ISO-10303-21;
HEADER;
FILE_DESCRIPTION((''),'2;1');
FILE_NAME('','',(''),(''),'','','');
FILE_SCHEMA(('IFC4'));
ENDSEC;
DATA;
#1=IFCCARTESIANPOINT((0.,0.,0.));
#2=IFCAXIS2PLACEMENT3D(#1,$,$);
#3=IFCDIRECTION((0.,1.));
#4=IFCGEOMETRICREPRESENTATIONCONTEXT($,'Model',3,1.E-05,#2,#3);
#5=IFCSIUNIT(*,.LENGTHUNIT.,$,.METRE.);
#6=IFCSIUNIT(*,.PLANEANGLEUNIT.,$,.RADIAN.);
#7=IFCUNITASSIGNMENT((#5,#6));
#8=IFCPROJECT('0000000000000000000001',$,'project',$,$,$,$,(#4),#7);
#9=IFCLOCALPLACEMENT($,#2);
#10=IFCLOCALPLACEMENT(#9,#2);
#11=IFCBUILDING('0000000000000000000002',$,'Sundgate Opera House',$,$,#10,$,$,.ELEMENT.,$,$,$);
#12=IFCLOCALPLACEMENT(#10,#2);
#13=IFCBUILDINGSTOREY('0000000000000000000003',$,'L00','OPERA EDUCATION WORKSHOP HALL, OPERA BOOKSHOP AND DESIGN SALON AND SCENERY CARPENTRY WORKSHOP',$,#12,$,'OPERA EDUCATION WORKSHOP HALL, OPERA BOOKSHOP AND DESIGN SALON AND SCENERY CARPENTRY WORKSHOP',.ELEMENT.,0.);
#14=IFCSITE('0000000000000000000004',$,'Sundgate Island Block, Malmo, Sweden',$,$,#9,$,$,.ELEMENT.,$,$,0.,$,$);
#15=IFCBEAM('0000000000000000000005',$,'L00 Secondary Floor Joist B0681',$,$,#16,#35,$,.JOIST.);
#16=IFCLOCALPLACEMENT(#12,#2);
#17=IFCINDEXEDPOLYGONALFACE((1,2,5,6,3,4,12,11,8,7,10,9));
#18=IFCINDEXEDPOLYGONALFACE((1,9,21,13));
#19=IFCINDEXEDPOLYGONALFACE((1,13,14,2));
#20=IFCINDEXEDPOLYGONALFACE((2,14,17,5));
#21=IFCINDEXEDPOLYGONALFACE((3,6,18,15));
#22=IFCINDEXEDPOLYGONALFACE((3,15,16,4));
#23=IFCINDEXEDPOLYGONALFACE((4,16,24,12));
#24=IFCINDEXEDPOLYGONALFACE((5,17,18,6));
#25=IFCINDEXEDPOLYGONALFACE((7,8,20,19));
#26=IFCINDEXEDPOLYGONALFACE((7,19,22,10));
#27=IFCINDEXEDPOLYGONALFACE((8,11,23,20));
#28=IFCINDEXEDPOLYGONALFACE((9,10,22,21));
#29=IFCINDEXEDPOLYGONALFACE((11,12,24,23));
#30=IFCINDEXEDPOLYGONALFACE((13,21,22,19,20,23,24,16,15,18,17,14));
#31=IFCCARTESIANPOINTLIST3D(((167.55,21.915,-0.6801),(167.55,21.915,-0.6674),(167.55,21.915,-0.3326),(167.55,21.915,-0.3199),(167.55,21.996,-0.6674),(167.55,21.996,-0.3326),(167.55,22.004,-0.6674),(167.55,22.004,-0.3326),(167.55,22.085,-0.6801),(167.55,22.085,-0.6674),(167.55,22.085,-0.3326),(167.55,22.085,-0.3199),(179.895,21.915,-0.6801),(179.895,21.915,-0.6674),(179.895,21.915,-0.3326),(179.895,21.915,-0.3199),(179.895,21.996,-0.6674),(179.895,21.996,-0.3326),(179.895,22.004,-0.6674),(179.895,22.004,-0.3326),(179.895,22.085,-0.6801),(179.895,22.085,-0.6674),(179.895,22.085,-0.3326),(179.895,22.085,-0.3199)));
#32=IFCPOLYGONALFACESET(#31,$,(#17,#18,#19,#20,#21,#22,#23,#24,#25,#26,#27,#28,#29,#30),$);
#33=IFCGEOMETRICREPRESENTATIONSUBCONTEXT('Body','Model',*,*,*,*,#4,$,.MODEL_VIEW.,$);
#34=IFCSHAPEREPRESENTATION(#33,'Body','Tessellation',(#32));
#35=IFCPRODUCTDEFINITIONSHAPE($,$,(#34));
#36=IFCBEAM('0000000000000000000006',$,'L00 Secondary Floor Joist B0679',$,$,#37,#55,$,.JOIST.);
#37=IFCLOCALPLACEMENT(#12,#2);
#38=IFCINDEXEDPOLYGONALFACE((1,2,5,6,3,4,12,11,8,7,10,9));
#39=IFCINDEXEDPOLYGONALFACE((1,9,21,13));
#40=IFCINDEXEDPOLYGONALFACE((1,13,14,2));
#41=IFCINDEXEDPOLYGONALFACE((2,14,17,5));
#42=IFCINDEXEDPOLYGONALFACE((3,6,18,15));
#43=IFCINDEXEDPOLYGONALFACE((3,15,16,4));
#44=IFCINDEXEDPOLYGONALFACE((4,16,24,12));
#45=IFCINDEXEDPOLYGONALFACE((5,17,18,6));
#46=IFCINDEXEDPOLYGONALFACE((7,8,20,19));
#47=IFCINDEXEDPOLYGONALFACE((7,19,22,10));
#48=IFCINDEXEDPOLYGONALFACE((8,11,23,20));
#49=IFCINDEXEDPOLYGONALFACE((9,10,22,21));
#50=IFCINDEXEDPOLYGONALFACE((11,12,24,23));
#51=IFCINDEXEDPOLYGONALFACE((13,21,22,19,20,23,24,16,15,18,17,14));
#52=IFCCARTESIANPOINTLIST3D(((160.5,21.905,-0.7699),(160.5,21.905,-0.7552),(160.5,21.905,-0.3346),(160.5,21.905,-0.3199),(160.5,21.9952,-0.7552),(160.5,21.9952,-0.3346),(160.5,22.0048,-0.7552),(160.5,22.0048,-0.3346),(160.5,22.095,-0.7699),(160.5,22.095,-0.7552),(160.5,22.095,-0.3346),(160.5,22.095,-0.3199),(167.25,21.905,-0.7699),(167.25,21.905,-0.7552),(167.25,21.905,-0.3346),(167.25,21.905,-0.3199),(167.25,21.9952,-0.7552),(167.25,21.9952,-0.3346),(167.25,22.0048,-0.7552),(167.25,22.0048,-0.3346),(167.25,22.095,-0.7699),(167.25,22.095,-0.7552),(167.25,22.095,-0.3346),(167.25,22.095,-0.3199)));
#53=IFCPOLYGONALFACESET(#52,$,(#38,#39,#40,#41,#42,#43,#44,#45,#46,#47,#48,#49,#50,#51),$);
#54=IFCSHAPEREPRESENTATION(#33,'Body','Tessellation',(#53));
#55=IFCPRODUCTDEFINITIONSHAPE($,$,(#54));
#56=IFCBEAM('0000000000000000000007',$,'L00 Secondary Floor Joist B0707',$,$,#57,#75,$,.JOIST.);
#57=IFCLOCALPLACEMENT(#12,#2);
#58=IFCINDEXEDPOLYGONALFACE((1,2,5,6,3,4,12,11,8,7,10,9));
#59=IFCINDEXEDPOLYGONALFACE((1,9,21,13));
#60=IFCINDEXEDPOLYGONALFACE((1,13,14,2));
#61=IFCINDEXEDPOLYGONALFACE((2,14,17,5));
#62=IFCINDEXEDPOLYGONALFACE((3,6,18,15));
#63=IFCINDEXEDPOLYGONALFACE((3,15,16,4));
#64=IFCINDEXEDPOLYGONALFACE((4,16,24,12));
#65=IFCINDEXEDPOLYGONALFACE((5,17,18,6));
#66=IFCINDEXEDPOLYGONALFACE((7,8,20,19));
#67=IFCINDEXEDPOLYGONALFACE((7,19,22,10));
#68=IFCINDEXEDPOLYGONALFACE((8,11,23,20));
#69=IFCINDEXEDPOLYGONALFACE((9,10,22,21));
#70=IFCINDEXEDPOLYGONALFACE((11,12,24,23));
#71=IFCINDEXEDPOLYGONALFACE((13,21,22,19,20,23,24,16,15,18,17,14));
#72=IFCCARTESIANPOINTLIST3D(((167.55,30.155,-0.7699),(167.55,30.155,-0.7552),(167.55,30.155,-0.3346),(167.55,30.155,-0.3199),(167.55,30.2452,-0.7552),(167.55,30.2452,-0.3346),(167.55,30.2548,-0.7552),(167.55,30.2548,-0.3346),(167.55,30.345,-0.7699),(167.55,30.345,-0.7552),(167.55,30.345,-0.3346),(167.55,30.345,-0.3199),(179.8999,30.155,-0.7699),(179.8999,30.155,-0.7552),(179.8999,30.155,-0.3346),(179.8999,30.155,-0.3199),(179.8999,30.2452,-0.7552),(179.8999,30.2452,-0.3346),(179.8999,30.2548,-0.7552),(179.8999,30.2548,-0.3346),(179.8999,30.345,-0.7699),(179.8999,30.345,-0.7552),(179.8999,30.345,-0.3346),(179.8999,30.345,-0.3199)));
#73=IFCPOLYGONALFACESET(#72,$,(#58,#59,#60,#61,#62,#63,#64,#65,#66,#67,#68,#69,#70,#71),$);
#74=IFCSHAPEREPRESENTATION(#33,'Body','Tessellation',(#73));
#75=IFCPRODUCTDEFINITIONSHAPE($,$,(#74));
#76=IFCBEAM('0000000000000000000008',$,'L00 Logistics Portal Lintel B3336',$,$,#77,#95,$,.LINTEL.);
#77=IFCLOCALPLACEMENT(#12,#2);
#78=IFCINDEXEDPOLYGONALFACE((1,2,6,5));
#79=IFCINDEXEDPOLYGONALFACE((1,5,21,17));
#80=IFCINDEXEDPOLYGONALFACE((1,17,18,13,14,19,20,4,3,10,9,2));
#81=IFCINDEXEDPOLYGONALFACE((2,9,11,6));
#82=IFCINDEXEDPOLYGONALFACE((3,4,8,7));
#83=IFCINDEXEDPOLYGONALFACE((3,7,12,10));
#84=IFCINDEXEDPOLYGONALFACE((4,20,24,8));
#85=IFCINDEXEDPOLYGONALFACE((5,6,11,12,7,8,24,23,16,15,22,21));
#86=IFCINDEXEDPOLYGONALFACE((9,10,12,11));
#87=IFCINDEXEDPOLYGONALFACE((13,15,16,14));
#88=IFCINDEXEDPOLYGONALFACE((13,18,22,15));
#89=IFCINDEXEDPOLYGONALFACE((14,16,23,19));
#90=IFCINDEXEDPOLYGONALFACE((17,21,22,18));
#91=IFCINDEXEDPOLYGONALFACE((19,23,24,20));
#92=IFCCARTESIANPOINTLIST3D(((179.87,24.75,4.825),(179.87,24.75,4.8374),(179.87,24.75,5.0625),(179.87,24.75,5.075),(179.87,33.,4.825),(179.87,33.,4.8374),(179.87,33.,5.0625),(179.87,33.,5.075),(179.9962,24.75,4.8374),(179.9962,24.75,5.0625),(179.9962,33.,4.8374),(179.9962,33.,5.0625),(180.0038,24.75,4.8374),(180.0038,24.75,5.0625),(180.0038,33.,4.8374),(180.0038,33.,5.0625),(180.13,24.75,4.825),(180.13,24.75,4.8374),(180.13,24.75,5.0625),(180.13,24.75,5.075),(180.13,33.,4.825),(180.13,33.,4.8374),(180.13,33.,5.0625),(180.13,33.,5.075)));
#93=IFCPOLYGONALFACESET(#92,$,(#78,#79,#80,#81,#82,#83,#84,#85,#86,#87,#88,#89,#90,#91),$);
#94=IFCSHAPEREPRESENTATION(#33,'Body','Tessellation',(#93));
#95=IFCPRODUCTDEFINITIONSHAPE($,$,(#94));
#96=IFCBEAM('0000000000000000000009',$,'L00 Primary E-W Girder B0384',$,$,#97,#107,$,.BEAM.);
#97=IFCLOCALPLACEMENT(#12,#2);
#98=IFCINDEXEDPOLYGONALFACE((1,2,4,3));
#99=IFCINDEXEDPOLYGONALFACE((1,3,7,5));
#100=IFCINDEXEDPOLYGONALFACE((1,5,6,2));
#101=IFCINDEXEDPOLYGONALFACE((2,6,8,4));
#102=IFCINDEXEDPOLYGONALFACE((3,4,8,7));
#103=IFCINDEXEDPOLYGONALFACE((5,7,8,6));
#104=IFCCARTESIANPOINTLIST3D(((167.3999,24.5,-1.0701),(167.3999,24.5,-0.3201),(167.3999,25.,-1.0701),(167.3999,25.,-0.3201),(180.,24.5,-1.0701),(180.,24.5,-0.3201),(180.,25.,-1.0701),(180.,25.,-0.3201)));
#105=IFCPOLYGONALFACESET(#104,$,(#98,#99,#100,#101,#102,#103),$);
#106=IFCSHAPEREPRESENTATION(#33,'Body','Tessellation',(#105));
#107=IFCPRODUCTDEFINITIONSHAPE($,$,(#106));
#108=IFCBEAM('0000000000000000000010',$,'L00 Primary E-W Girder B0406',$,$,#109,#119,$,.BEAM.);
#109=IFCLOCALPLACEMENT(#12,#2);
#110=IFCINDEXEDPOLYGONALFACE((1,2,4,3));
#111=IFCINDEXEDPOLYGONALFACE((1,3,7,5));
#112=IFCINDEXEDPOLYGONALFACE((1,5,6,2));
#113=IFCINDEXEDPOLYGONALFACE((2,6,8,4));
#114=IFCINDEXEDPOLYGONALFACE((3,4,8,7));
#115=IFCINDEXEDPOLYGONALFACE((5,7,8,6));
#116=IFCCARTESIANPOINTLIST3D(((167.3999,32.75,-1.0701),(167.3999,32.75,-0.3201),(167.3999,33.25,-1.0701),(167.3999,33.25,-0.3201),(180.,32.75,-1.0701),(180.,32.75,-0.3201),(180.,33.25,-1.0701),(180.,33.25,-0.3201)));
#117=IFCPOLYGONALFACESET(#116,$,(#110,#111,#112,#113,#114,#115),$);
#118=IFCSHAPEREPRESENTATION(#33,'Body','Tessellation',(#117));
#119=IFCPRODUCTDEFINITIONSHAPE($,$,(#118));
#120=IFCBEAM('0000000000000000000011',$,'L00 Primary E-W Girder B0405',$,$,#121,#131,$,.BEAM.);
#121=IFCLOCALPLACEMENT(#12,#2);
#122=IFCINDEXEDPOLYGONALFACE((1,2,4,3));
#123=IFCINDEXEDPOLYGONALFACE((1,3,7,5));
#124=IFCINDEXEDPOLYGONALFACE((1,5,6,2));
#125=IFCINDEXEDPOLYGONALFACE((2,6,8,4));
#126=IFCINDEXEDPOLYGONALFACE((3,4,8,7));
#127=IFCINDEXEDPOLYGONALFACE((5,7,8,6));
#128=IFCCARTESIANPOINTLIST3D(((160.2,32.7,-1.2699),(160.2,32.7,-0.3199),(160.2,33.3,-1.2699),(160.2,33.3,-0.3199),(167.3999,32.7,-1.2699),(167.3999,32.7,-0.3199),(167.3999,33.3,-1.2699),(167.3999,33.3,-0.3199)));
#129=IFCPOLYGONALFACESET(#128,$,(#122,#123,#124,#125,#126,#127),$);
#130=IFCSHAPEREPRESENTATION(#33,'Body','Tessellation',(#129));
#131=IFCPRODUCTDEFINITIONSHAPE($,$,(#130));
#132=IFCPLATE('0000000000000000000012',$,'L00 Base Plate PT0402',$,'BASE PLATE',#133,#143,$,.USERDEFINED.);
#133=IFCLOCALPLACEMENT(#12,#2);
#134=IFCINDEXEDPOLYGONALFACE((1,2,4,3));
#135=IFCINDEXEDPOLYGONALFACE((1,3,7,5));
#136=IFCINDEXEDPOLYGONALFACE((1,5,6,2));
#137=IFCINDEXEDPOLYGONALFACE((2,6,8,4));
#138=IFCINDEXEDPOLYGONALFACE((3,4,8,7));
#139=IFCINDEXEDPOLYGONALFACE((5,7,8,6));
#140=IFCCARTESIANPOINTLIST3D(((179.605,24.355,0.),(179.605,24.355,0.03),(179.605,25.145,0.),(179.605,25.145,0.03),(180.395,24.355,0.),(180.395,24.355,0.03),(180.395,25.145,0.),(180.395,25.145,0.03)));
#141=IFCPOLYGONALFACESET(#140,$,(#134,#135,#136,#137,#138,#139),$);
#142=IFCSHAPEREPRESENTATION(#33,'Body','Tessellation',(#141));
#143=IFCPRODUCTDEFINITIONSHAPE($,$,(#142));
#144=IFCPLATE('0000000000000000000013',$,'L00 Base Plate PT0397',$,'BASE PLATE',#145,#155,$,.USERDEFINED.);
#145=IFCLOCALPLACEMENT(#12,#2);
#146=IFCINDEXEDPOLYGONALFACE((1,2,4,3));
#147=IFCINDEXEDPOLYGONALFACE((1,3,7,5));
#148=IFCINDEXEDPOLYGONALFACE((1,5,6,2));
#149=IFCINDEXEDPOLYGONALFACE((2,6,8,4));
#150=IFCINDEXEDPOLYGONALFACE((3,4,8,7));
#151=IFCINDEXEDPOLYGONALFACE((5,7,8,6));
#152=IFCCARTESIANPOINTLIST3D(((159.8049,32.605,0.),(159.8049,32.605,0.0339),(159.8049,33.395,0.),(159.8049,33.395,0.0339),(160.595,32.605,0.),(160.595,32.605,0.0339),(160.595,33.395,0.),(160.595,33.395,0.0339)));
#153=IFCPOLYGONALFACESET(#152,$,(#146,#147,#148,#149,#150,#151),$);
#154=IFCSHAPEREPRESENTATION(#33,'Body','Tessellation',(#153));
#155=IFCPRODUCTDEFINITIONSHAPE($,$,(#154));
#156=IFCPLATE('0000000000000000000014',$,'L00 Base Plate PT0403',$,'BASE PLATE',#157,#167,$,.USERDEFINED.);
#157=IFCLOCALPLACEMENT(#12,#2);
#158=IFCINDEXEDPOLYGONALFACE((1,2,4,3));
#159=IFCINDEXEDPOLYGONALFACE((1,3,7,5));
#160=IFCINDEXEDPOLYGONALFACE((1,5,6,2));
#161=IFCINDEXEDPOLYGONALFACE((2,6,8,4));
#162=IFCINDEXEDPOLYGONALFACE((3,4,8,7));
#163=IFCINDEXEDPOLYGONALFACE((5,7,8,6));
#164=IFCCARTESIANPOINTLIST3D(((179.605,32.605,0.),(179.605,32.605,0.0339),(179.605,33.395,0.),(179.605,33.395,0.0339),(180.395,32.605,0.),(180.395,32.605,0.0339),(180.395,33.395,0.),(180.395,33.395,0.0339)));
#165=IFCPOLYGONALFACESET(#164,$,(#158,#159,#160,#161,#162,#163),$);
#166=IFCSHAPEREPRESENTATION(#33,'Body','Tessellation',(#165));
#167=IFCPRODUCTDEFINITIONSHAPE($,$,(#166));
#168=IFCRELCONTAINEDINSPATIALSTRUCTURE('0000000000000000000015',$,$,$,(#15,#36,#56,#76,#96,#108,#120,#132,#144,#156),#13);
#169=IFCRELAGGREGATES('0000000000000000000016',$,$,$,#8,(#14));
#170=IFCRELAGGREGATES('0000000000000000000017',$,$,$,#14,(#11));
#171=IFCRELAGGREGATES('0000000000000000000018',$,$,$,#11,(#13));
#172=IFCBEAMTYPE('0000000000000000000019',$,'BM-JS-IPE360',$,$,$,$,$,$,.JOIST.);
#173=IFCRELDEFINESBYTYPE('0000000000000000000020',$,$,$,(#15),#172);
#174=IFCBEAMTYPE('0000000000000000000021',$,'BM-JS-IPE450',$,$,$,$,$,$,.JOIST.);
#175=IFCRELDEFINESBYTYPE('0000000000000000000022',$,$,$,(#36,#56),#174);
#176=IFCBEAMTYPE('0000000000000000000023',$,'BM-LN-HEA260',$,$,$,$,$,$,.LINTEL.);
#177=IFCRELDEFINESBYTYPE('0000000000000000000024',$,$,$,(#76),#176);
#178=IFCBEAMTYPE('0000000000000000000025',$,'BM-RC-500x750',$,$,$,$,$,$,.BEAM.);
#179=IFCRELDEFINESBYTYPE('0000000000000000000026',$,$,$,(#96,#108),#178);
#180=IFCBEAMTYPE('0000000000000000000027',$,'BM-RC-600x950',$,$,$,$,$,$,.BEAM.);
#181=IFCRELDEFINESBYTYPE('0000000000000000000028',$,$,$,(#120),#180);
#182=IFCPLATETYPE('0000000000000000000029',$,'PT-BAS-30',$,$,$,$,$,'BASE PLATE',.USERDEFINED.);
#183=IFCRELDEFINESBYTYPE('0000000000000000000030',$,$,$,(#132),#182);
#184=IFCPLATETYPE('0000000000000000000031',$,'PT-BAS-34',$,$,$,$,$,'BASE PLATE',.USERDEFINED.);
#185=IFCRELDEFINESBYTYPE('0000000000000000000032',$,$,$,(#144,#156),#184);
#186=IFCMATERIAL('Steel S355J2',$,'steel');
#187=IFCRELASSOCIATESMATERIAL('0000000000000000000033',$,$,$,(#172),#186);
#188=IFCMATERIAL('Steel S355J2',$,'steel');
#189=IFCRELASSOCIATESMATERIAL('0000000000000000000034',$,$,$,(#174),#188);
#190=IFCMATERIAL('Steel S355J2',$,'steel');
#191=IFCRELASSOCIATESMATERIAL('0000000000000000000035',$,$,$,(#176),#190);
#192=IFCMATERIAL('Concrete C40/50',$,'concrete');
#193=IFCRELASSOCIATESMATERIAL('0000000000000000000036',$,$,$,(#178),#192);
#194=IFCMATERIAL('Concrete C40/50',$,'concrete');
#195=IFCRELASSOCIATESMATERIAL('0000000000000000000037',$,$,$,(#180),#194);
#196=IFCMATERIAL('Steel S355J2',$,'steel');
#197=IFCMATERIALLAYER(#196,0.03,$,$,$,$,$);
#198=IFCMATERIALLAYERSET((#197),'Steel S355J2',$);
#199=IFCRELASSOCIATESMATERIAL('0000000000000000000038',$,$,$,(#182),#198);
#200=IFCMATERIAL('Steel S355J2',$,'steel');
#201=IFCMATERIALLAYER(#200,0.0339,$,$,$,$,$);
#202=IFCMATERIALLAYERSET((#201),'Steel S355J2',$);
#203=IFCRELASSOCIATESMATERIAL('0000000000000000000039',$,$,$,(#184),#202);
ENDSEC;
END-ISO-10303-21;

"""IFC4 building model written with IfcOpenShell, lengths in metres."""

from ifc_helpers import new_model, si_unit, direction, frame, origin, origin_2d, place, context, subcontext, project, spatial, rectangle, i_section, extrude, material, layer, layer_set, material_profile, profile_set, type_object, element, save


model = new_model("IFC4")

# Units and contexts
model_context = context("Model", 3, precision=1e-05, world=origin(), true_north=direction((0.0, 1.0)))
body_context = subcontext(model_context, "Body", "Model", "MODEL_VIEW")
ifc_project = project(units=[si_unit("LENGTHUNIT", "METRE"), si_unit("PLANEANGLEUNIT", "RADIAN")], contexts=[model_context])

# Site, building, storey
site_placement = place(None, origin())
site = spatial("IfcSite", under=ifc_project, at=site_placement, Name="Sundgate Island Block, Malmo, Sweden", CompositionType="ELEMENT", RefElevation=0.0)
building_placement = place(site_placement, origin())
building = spatial("IfcBuilding", under=site, at=building_placement, Name="Sundgate Opera House", CompositionType="ELEMENT")
storey_placement = place(building_placement, origin())
storey = spatial("IfcBuildingStorey", under=building, at=storey_placement, Name="L00", Description="OPERA EDUCATION WORKSHOP HALL, OPERA BOOKSHOP AND DESIGN SALON AND SCENERY CARPENTRY WORKSHOP", LongName="OPERA EDUCATION WORKSHOP HALL, OPERA BOOKSHOP AND DESIGN SALON AND SCENERY CARPENTRY WORKSHOP", CompositionType="ELEMENT", Elevation=0.0)

# Beams
ifc_material_1 = material(Name="Steel S355J2", Category="steel")
ifc_material_profile_1 = material_profile(ifc_material_1, i_section(OverallWidth=0.1699, OverallDepth=0.3601, WebThickness=0.0081, FlangeThickness=0.0127, at=origin_2d()), Name="IPE 360")
ifc_profile_set_1 = profile_set([ifc_material_profile_1], Name="Steel S355J2")
beam_type_1 = type_object("IfcBeamType", Name="BM-JS-IPE360", PredefinedType="JOIST", material=ifc_profile_set_1)
beam_1_placement = place(storey_placement, frame((167.55, 22.0, -0.5), z_axis=(1.0, 0.0, 0.0), x_axis=(0.0, 1.0, 0.0)))
element("IfcBeam", 1, at=beam_1_placement, inside=storey, type_object=beam_type_1, Name="L00 Secondary Floor Joist B0681", PredefinedType="JOIST", context=body_context, shape_type="SweptSolid", body=[
    extrude(i_section(OverallWidth=0.1699, OverallDepth=0.3601, WebThickness=0.0081, FlangeThickness=0.0127, at=origin_2d()), origin(), (0.0, 0.0, 1.0), 12.345),
])
ifc_material_2 = material(Name="Steel S355J2", Category="steel")
ifc_material_profile_2 = material_profile(ifc_material_2, i_section(OverallWidth=0.1899, OverallDepth=0.45, WebThickness=0.0095, FlangeThickness=0.0146, at=origin_2d()), Name="IPE 450")
ifc_profile_set_2 = profile_set([ifc_material_profile_2], Name="Steel S355J2")
beam_type_2 = type_object("IfcBeamType", Name="BM-JS-IPE450", PredefinedType="JOIST", material=ifc_profile_set_2)
beam_2_placement = place(storey_placement, frame((160.5, 22.0, -0.5449), z_axis=(1.0, 0.0, 0.0), x_axis=(0.0, 1.0, 0.0)))
element("IfcBeam", 2, at=beam_2_placement, inside=storey, type_object=beam_type_2, Name="L00 Secondary Floor Joist B0679", PredefinedType="JOIST", context=body_context, shape_type="SweptSolid", body=[
    extrude(i_section(OverallWidth=0.1899, OverallDepth=0.45, WebThickness=0.0095, FlangeThickness=0.0146, at=origin_2d()), origin(), (0.0, 0.0, 1.0), 6.75),
])
beam_3_placement = place(storey_placement, frame((167.55, 30.25, -0.5449), z_axis=(1.0, 0.0, 0.0), x_axis=(0.0, 1.0, 0.0)))
element("IfcBeam", 3, at=beam_3_placement, inside=storey, type_object=beam_type_2, Name="L00 Secondary Floor Joist B0707", PredefinedType="JOIST", context=body_context, shape_type="SweptSolid", body=[
    extrude(i_section(OverallWidth=0.1899, OverallDepth=0.45, WebThickness=0.0095, FlangeThickness=0.0146, at=origin_2d()), origin(), (0.0, 0.0, 1.0), 12.3499),
])
ifc_material_3 = material(Name="Steel S355J2", Category="steel")
ifc_material_profile_3 = material_profile(ifc_material_3, i_section(OverallWidth=0.26, OverallDepth=0.25, WebThickness=0.0076, FlangeThickness=0.0125, at=origin_2d()), Name="HEA 260")
ifc_profile_set_3 = profile_set([ifc_material_profile_3], Name="Steel S355J2")
beam_type_3 = type_object("IfcBeamType", Name="BM-LN-HEA260", PredefinedType="LINTEL", material=ifc_profile_set_3)
beam_4_placement = place(storey_placement, frame((180.0, 24.75, 4.95), z_axis=(0.0, 1.0, 0.0), x_axis=(-1.0, 0.0, 0.0)))
element("IfcBeam", 4, at=beam_4_placement, inside=storey, type_object=beam_type_3, Name="L00 Logistics Portal Lintel B3336", PredefinedType="LINTEL", context=body_context, shape_type="SweptSolid", body=[
    extrude(i_section(OverallWidth=0.26, OverallDepth=0.25, WebThickness=0.0076, FlangeThickness=0.0125, at=origin_2d()), origin(), (0.0, 0.0, 1.0), 8.25),
])
ifc_material_4 = material(Name="Concrete C40/50", Category="concrete")
ifc_material_profile_4 = material_profile(ifc_material_4, rectangle(XDim=0.5, YDim=0.75, at=origin_2d()), Name="RC 500x750")
ifc_profile_set_4 = profile_set([ifc_material_profile_4], Name="Concrete C40/50")
beam_type_4 = type_object("IfcBeamType", Name="BM-RC-500x750", PredefinedType="BEAM", material=ifc_profile_set_4)
for number, where, z_axis, x_axis, name in (
    (5, (167.3999, 24.75, -0.6951), (1.0, 0.0, 0.0), (0.0, 1.0, 0.0), "L00 Primary E-W Girder B0384"),
    (6, (167.3999, 33.0, -0.6951), (1.0, 0.0, 0.0), (0.0, 1.0, 0.0), "L00 Primary E-W Girder B0406"),
):
    element("IfcBeam", number, at=place(storey_placement, frame(where, z_axis=z_axis, x_axis=x_axis)), inside=storey, type_object=beam_type_4, Name=name, PredefinedType="BEAM", context=body_context, shape_type="SweptSolid", body=[
        extrude(rectangle(XDim=0.5, YDim=0.75, at=origin_2d()), origin(), (0.0, 0.0, 1.0), 12.6001),
    ])
ifc_material_5 = material(Name="Concrete C40/50", Category="concrete")
ifc_material_profile_5 = material_profile(ifc_material_5, rectangle(XDim=0.6001, YDim=0.95, at=origin_2d()), Name="RC 600x950")
ifc_profile_set_5 = profile_set([ifc_material_profile_5], Name="Concrete C40/50")
beam_type_5 = type_object("IfcBeamType", Name="BM-RC-600x950", PredefinedType="BEAM", material=ifc_profile_set_5)
beam_5_placement = place(storey_placement, frame((160.2, 33.0, -0.7949), z_axis=(1.0, 0.0, 0.0), x_axis=(0.0, 1.0, 0.0)))
element("IfcBeam", 7, at=beam_5_placement, inside=storey, type_object=beam_type_5, Name="L00 Primary E-W Girder B0405", PredefinedType="BEAM", context=body_context, shape_type="SweptSolid", body=[
    extrude(rectangle(XDim=0.6001, YDim=0.95, at=origin_2d()), origin(), (0.0, 0.0, 1.0), 7.2),
])

# Plates
ifc_material_6 = material(Name="Steel S355J2", Category="steel")
ifc_layer_1 = layer(ifc_material_6, 0.03)
ifc_layer_set_1 = layer_set([ifc_layer_1], Name="Steel S355J2")
plate_type_1 = type_object("IfcPlateType", Name="PT-BAS-30", ElementType="BASE PLATE", PredefinedType="USERDEFINED", material=ifc_layer_set_1)
plate_placement = place(storey_placement, frame((180.0, 24.75, 0.0), z_axis=(0.0, 0.0, 1.0), x_axis=(1.0, 0.0, 0.0)))
element("IfcPlate", 8, at=plate_placement, inside=storey, type_object=plate_type_1, Name="L00 Base Plate PT0402", ObjectType="BASE PLATE", PredefinedType="USERDEFINED", context=body_context, shape_type="SweptSolid", body=[
    extrude(rectangle(XDim=0.79, YDim=0.79, at=origin_2d()), origin(), (0.0, 0.0, 1.0), 0.03),
])
ifc_material_7 = material(Name="Steel S355J2", Category="steel")
ifc_layer_2 = layer(ifc_material_7, 0.0339)
ifc_layer_set_2 = layer_set([ifc_layer_2], Name="Steel S355J2")
plate_type_2 = type_object("IfcPlateType", Name="PT-BAS-34", ElementType="BASE PLATE", PredefinedType="USERDEFINED", material=ifc_layer_set_2)
for number, where, z_axis, x_axis, name in (
    (9, (160.2, 33.0, 0.0), (0.0, 0.0, 1.0), (1.0, 0.0, 0.0), "L00 Base Plate PT0397"),
    (10, (180.0, 33.0, 0.0), (0.0, 0.0, 1.0), (1.0, 0.0, 0.0), "L00 Base Plate PT0403"),
):
    element("IfcPlate", number, at=place(storey_placement, frame(where, z_axis=z_axis, x_axis=x_axis)), inside=storey, type_object=plate_type_2, Name=name, ObjectType="BASE PLATE", PredefinedType="USERDEFINED", context=body_context, shape_type="SweptSolid", body=[
        extrude(rectangle(XDim=0.79, YDim=0.79, at=origin_2d()), origin(), (0.0, 0.0, 1.0), 0.0339),
    ])

save(model, "model.ifc")
